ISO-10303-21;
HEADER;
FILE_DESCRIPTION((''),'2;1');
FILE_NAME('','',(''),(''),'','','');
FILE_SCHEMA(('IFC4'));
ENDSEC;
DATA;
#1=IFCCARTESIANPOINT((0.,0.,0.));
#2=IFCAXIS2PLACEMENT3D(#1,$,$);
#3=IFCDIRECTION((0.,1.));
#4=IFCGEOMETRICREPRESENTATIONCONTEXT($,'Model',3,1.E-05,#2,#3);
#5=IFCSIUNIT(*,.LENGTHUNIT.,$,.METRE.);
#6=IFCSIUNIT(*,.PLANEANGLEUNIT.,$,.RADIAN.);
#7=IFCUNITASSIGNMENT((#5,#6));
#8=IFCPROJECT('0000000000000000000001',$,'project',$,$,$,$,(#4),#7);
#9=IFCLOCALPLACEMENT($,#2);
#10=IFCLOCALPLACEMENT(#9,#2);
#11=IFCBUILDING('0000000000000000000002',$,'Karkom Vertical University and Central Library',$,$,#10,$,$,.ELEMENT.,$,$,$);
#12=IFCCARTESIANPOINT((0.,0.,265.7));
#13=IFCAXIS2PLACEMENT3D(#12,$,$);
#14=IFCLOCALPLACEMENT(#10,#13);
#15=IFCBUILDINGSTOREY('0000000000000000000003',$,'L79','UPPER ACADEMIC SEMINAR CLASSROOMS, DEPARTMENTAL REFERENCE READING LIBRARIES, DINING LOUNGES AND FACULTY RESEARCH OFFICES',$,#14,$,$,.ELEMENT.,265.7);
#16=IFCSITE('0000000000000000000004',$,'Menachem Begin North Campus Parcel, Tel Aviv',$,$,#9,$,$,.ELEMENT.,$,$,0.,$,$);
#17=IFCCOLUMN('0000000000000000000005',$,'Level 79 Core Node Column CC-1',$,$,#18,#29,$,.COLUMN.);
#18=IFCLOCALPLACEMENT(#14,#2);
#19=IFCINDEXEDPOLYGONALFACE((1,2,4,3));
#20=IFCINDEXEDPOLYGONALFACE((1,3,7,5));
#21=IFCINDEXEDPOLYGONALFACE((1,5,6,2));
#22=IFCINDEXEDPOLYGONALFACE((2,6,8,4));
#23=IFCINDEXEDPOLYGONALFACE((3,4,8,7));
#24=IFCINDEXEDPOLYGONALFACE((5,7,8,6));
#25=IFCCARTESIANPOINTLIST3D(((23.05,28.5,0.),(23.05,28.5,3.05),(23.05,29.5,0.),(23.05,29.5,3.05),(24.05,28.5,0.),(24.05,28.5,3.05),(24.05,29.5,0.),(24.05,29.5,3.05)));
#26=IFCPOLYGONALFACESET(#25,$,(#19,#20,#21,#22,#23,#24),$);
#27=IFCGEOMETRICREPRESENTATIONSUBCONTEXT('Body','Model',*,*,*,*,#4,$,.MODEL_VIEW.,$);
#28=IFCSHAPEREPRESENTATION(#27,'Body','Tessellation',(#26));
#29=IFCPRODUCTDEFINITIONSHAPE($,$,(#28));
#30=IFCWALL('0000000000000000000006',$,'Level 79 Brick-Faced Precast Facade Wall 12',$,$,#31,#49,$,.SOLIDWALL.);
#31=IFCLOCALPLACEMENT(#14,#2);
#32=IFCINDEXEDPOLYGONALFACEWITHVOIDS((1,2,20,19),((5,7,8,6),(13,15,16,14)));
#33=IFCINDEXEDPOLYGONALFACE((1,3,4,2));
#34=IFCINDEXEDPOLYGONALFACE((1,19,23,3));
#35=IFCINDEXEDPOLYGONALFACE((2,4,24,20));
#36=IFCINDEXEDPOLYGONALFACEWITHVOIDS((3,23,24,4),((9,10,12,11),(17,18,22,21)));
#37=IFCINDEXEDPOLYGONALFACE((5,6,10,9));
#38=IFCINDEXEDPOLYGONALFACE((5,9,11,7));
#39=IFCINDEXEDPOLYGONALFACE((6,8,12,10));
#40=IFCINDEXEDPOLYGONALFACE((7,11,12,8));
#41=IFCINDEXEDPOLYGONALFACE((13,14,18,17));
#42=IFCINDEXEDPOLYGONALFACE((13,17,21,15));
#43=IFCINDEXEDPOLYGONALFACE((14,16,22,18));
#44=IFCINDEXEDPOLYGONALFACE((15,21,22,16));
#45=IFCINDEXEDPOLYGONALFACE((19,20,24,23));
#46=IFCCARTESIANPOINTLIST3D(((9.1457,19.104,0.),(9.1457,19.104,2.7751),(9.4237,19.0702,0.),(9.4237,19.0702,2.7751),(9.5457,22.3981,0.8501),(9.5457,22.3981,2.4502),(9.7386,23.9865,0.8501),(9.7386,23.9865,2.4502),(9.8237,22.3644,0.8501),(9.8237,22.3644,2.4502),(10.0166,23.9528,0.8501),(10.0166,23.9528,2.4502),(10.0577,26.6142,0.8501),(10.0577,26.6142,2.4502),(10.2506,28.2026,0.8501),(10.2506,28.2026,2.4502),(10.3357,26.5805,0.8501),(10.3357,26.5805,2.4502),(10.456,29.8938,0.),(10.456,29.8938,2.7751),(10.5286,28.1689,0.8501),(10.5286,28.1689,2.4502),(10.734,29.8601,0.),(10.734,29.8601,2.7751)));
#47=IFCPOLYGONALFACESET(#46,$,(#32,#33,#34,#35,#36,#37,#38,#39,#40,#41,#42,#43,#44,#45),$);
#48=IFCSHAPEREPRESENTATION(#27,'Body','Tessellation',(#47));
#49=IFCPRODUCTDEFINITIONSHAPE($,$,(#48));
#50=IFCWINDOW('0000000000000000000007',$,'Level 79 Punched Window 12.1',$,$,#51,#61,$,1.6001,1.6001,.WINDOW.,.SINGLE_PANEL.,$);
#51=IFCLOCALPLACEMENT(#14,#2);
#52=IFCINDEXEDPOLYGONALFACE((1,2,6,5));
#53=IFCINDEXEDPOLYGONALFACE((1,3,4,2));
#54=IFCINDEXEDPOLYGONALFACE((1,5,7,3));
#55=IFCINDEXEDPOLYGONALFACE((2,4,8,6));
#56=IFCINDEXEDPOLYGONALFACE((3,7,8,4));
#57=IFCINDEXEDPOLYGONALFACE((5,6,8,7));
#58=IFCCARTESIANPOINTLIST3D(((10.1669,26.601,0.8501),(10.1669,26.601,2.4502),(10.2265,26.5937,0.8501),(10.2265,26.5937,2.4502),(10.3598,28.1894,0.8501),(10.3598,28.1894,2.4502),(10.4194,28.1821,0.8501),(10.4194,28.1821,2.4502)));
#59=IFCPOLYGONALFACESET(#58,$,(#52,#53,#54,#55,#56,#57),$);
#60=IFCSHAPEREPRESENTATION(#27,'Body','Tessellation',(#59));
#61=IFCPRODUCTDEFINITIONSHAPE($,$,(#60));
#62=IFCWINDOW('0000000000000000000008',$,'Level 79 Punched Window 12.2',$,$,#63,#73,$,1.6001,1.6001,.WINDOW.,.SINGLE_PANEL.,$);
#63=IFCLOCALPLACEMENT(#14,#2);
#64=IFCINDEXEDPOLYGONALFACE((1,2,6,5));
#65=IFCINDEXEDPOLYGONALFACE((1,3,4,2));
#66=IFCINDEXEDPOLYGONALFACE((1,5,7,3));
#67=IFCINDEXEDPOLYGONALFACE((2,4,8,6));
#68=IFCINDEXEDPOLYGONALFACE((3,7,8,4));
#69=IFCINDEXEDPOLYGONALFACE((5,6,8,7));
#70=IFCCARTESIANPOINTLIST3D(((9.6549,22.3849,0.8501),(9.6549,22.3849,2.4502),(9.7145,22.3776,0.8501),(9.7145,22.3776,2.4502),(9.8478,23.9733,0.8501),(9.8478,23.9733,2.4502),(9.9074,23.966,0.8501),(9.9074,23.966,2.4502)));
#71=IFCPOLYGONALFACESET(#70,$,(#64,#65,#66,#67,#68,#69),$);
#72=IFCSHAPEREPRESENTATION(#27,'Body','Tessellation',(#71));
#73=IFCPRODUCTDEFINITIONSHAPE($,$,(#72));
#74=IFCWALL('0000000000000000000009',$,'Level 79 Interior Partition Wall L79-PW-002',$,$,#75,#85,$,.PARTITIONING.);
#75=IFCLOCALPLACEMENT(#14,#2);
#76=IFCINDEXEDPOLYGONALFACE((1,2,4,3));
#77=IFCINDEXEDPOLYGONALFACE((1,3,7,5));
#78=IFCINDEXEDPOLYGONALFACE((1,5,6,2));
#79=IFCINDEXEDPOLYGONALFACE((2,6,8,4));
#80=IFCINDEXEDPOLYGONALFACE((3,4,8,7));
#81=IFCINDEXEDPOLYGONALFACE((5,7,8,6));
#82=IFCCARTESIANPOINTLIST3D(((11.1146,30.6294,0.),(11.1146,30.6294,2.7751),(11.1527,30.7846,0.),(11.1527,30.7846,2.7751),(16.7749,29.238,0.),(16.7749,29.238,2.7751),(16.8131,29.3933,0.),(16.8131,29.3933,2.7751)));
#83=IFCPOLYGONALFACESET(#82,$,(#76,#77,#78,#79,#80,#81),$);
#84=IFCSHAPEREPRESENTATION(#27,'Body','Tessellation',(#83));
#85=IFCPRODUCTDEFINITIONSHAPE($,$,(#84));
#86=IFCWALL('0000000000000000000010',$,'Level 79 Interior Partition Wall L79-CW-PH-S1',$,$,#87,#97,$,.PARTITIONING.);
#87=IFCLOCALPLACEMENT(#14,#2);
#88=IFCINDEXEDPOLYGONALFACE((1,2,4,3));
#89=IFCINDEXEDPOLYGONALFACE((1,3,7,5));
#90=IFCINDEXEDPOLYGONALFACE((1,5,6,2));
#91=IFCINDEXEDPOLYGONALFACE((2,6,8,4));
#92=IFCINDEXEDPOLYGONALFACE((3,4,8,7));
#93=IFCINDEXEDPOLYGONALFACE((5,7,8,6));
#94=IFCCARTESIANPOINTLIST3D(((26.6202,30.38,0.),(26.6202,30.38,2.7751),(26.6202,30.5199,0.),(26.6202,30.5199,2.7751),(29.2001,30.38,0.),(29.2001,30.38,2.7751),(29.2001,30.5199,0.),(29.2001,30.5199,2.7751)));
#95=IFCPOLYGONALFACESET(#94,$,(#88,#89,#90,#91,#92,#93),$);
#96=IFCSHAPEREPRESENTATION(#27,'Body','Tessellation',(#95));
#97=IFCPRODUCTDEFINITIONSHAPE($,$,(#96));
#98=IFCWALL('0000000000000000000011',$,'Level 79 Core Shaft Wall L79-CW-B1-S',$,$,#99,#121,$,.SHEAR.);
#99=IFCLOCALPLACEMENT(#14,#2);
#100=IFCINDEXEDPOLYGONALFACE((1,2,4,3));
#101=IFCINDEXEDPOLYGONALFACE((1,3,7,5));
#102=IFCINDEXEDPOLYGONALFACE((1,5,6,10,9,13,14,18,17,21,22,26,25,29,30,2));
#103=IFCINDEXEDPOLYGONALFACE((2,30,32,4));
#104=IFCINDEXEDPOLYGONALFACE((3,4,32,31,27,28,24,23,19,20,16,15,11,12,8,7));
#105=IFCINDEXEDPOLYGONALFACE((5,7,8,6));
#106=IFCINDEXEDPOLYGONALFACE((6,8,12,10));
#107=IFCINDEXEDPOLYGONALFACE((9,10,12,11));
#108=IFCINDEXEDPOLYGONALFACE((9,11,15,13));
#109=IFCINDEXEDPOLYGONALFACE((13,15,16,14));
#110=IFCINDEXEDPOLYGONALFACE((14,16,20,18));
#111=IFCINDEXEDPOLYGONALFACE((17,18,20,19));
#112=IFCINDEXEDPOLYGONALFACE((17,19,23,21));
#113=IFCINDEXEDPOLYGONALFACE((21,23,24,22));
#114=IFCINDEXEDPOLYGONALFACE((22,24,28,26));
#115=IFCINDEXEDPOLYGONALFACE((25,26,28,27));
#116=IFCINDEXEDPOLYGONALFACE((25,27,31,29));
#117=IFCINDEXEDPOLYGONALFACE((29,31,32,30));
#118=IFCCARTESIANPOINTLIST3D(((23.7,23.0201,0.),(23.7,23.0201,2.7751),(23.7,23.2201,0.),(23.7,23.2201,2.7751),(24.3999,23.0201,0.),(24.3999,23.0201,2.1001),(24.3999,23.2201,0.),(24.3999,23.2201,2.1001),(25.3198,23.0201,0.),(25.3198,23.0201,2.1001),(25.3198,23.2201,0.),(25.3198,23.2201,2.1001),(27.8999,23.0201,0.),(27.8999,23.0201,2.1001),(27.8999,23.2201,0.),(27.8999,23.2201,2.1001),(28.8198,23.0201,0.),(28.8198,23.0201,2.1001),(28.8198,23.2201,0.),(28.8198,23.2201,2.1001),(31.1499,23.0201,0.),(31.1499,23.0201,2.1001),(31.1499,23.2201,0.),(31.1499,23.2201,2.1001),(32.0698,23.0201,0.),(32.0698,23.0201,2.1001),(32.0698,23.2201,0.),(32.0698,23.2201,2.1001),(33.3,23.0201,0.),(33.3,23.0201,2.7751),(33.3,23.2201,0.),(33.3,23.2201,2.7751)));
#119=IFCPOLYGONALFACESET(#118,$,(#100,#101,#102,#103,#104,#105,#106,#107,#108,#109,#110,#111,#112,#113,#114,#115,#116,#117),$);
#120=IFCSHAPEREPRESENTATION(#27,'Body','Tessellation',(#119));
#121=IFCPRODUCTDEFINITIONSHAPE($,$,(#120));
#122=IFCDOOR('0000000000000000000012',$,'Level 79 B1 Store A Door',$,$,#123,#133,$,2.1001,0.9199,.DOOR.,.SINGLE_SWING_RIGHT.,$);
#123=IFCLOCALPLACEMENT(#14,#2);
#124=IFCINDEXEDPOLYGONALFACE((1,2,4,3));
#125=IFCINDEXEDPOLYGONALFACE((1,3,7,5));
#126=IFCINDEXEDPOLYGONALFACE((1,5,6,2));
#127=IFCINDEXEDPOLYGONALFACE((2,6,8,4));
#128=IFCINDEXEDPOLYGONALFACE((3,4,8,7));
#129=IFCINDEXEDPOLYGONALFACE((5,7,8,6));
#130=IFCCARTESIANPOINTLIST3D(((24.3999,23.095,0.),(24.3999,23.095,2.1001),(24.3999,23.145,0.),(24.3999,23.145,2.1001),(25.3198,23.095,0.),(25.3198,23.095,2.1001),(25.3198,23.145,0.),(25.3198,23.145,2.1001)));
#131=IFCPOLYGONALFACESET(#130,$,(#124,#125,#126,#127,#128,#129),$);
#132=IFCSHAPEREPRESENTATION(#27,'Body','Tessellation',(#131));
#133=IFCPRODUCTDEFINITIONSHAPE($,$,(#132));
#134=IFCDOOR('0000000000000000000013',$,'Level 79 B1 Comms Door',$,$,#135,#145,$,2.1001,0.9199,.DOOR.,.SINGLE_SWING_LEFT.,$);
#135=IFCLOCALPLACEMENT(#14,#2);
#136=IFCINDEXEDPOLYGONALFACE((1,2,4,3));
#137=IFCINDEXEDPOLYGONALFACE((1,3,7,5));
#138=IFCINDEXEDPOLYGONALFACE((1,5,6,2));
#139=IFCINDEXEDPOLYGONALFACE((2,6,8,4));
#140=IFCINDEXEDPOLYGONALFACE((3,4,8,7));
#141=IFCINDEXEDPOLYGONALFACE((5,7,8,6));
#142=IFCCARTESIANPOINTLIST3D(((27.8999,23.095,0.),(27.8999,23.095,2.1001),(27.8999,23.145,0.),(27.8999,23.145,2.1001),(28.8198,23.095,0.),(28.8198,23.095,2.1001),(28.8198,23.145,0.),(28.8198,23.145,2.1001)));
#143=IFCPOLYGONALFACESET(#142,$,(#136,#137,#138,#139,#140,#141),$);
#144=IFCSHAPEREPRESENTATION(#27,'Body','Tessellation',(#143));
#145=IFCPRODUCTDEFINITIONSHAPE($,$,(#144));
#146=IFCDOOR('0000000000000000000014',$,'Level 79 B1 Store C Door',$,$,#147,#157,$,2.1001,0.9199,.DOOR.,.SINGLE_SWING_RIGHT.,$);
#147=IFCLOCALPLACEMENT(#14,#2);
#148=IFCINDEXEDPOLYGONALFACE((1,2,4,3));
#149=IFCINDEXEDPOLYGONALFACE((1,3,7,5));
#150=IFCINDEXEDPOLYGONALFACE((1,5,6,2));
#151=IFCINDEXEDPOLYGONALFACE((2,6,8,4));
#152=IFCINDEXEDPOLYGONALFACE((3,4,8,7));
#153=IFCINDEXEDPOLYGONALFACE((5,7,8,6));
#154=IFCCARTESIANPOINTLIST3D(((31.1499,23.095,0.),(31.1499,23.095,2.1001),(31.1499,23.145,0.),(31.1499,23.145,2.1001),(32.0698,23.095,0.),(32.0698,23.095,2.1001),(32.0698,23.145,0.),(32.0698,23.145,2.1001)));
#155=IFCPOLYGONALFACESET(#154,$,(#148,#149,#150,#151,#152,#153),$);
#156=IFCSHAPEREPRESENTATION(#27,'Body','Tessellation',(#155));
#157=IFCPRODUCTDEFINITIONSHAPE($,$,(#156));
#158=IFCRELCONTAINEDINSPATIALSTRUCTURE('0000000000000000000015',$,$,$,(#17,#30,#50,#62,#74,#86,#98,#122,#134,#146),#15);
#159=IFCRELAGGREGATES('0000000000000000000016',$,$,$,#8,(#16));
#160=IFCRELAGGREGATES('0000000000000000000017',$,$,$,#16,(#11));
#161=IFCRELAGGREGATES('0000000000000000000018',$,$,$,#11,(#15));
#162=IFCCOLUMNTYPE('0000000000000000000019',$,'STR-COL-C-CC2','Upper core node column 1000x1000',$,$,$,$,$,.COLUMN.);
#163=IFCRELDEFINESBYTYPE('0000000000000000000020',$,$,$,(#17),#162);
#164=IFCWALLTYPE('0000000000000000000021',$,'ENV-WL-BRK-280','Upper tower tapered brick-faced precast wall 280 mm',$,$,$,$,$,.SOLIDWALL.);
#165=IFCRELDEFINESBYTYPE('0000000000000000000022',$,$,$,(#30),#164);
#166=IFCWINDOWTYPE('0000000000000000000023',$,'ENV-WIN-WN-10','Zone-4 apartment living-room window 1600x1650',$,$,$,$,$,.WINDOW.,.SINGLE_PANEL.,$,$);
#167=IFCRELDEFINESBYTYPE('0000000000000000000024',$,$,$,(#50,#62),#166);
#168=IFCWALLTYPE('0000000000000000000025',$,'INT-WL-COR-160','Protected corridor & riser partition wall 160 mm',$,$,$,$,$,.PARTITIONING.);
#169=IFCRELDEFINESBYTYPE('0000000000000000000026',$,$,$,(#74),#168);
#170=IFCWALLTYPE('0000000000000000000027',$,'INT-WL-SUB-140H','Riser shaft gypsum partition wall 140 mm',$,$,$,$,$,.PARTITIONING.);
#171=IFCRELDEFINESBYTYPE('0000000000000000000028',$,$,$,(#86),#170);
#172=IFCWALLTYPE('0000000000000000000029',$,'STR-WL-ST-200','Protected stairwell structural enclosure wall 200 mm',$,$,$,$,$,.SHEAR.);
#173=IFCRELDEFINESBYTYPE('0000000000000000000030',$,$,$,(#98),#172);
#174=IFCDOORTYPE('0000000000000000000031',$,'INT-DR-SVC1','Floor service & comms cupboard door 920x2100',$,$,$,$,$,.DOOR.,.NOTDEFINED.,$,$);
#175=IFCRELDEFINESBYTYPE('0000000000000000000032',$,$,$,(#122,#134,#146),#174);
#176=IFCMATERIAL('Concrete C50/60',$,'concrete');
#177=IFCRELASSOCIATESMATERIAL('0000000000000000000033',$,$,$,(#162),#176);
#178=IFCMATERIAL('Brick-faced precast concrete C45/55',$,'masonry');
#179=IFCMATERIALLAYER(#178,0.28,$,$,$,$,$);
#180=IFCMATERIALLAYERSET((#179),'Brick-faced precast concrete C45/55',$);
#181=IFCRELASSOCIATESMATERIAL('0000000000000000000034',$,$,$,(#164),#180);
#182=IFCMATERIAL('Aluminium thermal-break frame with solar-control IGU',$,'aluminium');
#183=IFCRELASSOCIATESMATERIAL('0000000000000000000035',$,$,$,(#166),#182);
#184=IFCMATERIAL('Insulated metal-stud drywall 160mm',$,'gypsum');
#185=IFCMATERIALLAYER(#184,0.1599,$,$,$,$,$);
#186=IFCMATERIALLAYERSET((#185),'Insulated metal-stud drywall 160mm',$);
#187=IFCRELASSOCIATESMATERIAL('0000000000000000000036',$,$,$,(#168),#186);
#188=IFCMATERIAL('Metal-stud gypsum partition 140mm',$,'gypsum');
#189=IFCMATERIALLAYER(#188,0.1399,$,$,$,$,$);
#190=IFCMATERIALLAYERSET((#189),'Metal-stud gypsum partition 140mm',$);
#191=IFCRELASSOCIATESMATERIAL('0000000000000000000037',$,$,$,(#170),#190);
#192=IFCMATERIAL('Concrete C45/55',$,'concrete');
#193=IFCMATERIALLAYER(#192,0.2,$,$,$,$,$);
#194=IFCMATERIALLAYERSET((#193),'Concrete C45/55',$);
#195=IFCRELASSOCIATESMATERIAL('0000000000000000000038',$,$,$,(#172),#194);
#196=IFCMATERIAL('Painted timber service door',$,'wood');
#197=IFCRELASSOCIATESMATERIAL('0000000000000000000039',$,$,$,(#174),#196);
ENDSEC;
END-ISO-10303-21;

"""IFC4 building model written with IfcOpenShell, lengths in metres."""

from ifc_helpers import new_model, si_unit, direction, frame, frame_2d, origin, origin_with_axes, origin_2d, place, context, subcontext, project, spatial, rectangle, extrude, source, transform, mapped, material, layer, layer_set, material_profile, profile_set, type_object, element, fill, save


model = new_model("IFC4")

# Units and contexts
model_context = context("Model", 3, precision=1e-05, world=origin(), true_north=direction((0.0, 1.0)))
body_context = subcontext(model_context, "Body", "Model", "MODEL_VIEW")
ifc_project = project(units=[si_unit("LENGTHUNIT", "METRE"), si_unit("PLANEANGLEUNIT", "RADIAN")], contexts=[model_context])

# Site, building, storey
site_placement = place(None, origin())
site = spatial("IfcSite", under=ifc_project, at=site_placement, Name="Menachem Begin North Campus Parcel, Tel Aviv", CompositionType="ELEMENT", RefElevation=0.0)
building_placement = place(site_placement, origin())
building = spatial("IfcBuilding", under=site, at=building_placement, Name="Karkom Vertical University and Central Library", CompositionType="ELEMENT")
storey_placement = place(building_placement, frame((0.0, 0.0, 265.7)))
storey = spatial("IfcBuildingStorey", under=building, at=storey_placement, Name="L79", Description="UPPER ACADEMIC SEMINAR CLASSROOMS, DEPARTMENTAL REFERENCE READING LIBRARIES, DINING LOUNGES AND FACULTY RESEARCH OFFICES", CompositionType="ELEMENT", Elevation=265.7)

# Column
ifc_material_1 = material(Name="Concrete C50/60", Category="concrete")
ifc_material_profile = material_profile(ifc_material_1, rectangle(XDim=1.0, YDim=1.0, at=origin_2d()), Name="RC-1000x1000")
ifc_profile_set = profile_set([ifc_material_profile], Name="Concrete C50/60")
column_type = type_object("IfcColumnType", Name="STR-COL-C-CC2", Description="Upper core node column 1000x1000", PredefinedType="COLUMN", material=ifc_profile_set)
shared_shape_1 = source(origin_with_axes(), body_context, "Body", "SweptSolid", [
    extrude(rectangle(XDim=1.0, YDim=1.0, at=origin_2d()), origin(), (0.0, 0.0, 1.0), 3.05),
])
column_placement = place(storey_placement, frame((23.55, 29.0, 0.0), z_axis=(0.0, 0.0, 1.0), x_axis=(1.0, 0.0, 0.0)))
element("IfcColumn", 1, at=column_placement, inside=storey, type_object=column_type, Name="Level 79 Core Node Column CC-1", PredefinedType="COLUMN", context=body_context, shape_type="MappedRepresentation", body=[
    mapped(shared_shape_1, transform((0.0, 0.0, 0.0), scale=1.0)),
])

# Wall, openings, windows
ifc_material_2 = material(Name="Brick-faced precast concrete C45/55", Category="masonry")
ifc_layer_1 = layer(ifc_material_2, 0.28)
ifc_layer_set_1 = layer_set([ifc_layer_1], Name="Brick-faced precast concrete C45/55")
wall_type_1 = type_object("IfcWallType", Name="ENV-WL-BRK-280", Description="Upper tower tapered brick-faced precast wall 280 mm", PredefinedType="SOLIDWALL", material=ifc_layer_set_1)
wall_1_placement = place(storey_placement, frame((10.595, 29.877, 0.0), z_axis=(0.0, 0.0, 1.0), x_axis=(-0.120553, -0.992707, 0.0)))
wall_1 = element("IfcWall", 2, at=wall_1_placement, inside=storey, type_object=wall_type_1, Name="Level 79 Brick-Faced Precast Facade Wall 12", PredefinedType="SOLIDWALL", context=body_context, shape_type="SweptSolid", body=[
    extrude(rectangle(XDim=10.8691, YDim=0.28, at=frame_2d((5.4346, 0.0))), origin(), (0.0, 0.0, 1.0), 2.7751),
])
opening_1_placement = place(wall_1_placement, frame((1.7036, 0.0, 0.8501)))
opening_1 = element("IfcOpeningElement", 3, at=opening_1_placement, cuts=wall_1, PredefinedType="OPENING", context=body_context, shape_type="SweptSolid", body=[
    extrude(rectangle(XDim=1.6001, YDim=1.6001, at=frame_2d((0.8, 0.8))), frame((0.0, 0.1499, 0.0), z_axis=(0.0, -1.0, 0.0), x_axis=(1.0, 0.0, 0.0)), (0.0, 0.0, 1.0), 0.3),
])
opening_2_placement = place(wall_1_placement, frame((5.9507, 0.0, 0.8501)))
opening_2 = element("IfcOpeningElement", 4, at=opening_2_placement, cuts=wall_1, PredefinedType="OPENING", context=body_context, shape_type="SweptSolid", body=[
    extrude(rectangle(XDim=1.6001, YDim=1.6001, at=frame_2d((0.8, 0.8))), frame((0.0, 0.1499, 0.0), z_axis=(0.0, -1.0, 0.0), x_axis=(1.0, 0.0, 0.0)), (0.0, 0.0, 1.0), 0.3),
])
ifc_material_3 = material(Name="Aluminium thermal-break frame with solar-control IGU", Category="aluminium")
window_type = type_object("IfcWindowType", Name="ENV-WIN-WN-10", Description="Zone-4 apartment living-room window 1600x1650", PartitioningType="SINGLE_PANEL", PredefinedType="WINDOW", material=ifc_material_3)
shared_shape_2 = source(origin_with_axes(), body_context, "Body", "SweptSolid", [
    extrude(rectangle(XDim=1.6001, YDim=1.6001, at=frame_2d((0.8, 0.8))), frame((0.0, 0.03, 0.0), z_axis=(0.0, -1.0, 0.0), x_axis=(1.0, 0.0, 0.0)), (0.0, 0.0, 1.0), 0.0601),
])
window_1_placement = place(opening_1_placement, origin())
window_1 = element("IfcWindow", 5, at=window_1_placement, inside=storey, type_object=window_type, Name="Level 79 Punched Window 12.1", OverallHeight=1.6001, OverallWidth=1.6001, PartitioningType="SINGLE_PANEL", PredefinedType="WINDOW", context=body_context, shape_type="MappedRepresentation", body=[
    mapped(shared_shape_2, transform((0.0, 0.0, 0.0), scale=1.0)),
])
fill(opening_1, window_1)
window_2_placement = place(opening_2_placement, origin())
window_2 = element("IfcWindow", 6, at=window_2_placement, inside=storey, type_object=window_type, Name="Level 79 Punched Window 12.2", OverallHeight=1.6001, OverallWidth=1.6001, PartitioningType="SINGLE_PANEL", PredefinedType="WINDOW", context=body_context, shape_type="MappedRepresentation", body=[
    mapped(shared_shape_2, transform((0.0, 0.0, 0.0), scale=1.0)),
])
fill(opening_2, window_2)

# Walls
ifc_material_4 = material(Name="Insulated metal-stud drywall 160mm", Category="gypsum")
ifc_layer_2 = layer(ifc_material_4, 0.1599)
ifc_layer_set_2 = layer_set([ifc_layer_2], Name="Insulated metal-stud drywall 160mm")
wall_type_2 = type_object("IfcWallType", Name="INT-WL-COR-160", Description="Protected corridor & riser partition wall 160 mm", PredefinedType="PARTITIONING", material=ifc_layer_set_2)
wall_2_placement = place(storey_placement, frame((11.1335, 30.707, 0.0), z_axis=(0.0, 0.0, 1.0), x_axis=(0.971093, -0.2387, 0.0)))
element("IfcWall", 7, at=wall_2_placement, inside=storey, type_object=wall_type_2, Name="Level 79 Interior Partition Wall L79-PW-002", PredefinedType="PARTITIONING", context=body_context, shape_type="SweptSolid", body=[
    extrude(rectangle(XDim=5.8289, YDim=0.1599, at=frame_2d((2.9146, 0.0))), origin(), (0.0, 0.0, 1.0), 2.7751),
])
ifc_material_5 = material(Name="Metal-stud gypsum partition 140mm", Category="gypsum")
ifc_layer_3 = layer(ifc_material_5, 0.1399)
ifc_layer_set_3 = layer_set([ifc_layer_3], Name="Metal-stud gypsum partition 140mm")
wall_type_3 = type_object("IfcWallType", Name="INT-WL-SUB-140H", Description="Riser shaft gypsum partition wall 140 mm", PredefinedType="PARTITIONING", material=ifc_layer_set_3)
wall_3_placement = place(storey_placement, frame((26.6201, 30.45, 0.0), z_axis=(0.0, 0.0, 1.0), x_axis=(1.0, 0.0, 0.0)))
element("IfcWall", 8, at=wall_3_placement, inside=storey, type_object=wall_type_3, Name="Level 79 Interior Partition Wall L79-CW-PH-S1", PredefinedType="PARTITIONING", context=body_context, shape_type="SweptSolid", body=[
    extrude(rectangle(XDim=2.5798, YDim=0.1399, at=frame_2d((1.29, 0.0))), origin(), (0.0, 0.0, 1.0), 2.7751),
])

# Wall, openings, doors
ifc_material_6 = material(Name="Concrete C45/55", Category="concrete")
ifc_layer_4 = layer(ifc_material_6, 0.2)
ifc_layer_set_4 = layer_set([ifc_layer_4], Name="Concrete C45/55")
wall_type_4 = type_object("IfcWallType", Name="STR-WL-ST-200", Description="Protected stairwell structural enclosure wall 200 mm", PredefinedType="SHEAR", material=ifc_layer_set_4)
wall_4_placement = place(storey_placement, frame((23.7, 23.1201, 0.0), z_axis=(0.0, 0.0, 1.0), x_axis=(1.0, 0.0, 0.0)))
wall_4 = element("IfcWall", 9, at=wall_4_placement, inside=storey, type_object=wall_type_4, Name="Level 79 Core Shaft Wall L79-CW-B1-S", PredefinedType="SHEAR", context=body_context, shape_type="SweptSolid", body=[
    extrude(rectangle(XDim=9.6001, YDim=0.2, at=frame_2d((4.8, 0.0))), origin(), (0.0, 0.0, 1.0), 2.7751),
])
opening_3_placement = place(wall_4_placement, frame((0.7, 0.0, 0.0)))
opening_3 = element("IfcOpeningElement", 10, at=opening_3_placement, cuts=wall_4, PredefinedType="OPENING", context=body_context, shape_type="SweptSolid", body=[
    extrude(rectangle(XDim=0.9199, YDim=2.1001, at=frame_2d((0.46, 1.05))), frame((0.0, 0.1099, 0.0), z_axis=(0.0, -1.0, 0.0), x_axis=(1.0, 0.0, 0.0)), (0.0, 0.0, 1.0), 0.22),
])
opening_4_placement = place(wall_4_placement, frame((4.2, 0.0, 0.0)))
opening_4 = element("IfcOpeningElement", 11, at=opening_4_placement, cuts=wall_4, PredefinedType="OPENING", context=body_context, shape_type="SweptSolid", body=[
    extrude(rectangle(XDim=0.9199, YDim=2.1001, at=frame_2d((0.46, 1.05))), frame((0.0, 0.1099, 0.0), z_axis=(0.0, -1.0, 0.0), x_axis=(1.0, 0.0, 0.0)), (0.0, 0.0, 1.0), 0.22),
])
opening_5_placement = place(wall_4_placement, frame((7.45, 0.0, 0.0)))
opening_5 = element("IfcOpeningElement", 12, at=opening_5_placement, cuts=wall_4, PredefinedType="OPENING", context=body_context, shape_type="SweptSolid", body=[
    extrude(rectangle(XDim=0.9199, YDim=2.1001, at=frame_2d((0.46, 1.05))), frame((0.0, 0.1099, 0.0), z_axis=(0.0, -1.0, 0.0), x_axis=(1.0, 0.0, 0.0)), (0.0, 0.0, 1.0), 0.22),
])
ifc_material_7 = material(Name="Painted timber service door", Category="wood")
door_type = type_object("IfcDoorType", Name="INT-DR-SVC1", Description="Floor service & comms cupboard door 920x2100", OperationType="NOTDEFINED", PredefinedType="DOOR", material=ifc_material_7)
shared_shape_3 = source(origin_with_axes(), body_context, "Body", "SweptSolid", [
    extrude(rectangle(XDim=0.9199, YDim=2.1001, at=frame_2d((0.46, 1.05))), frame((0.0, 0.0249, 0.0), z_axis=(0.0, -1.0, 0.0), x_axis=(1.0, 0.0, 0.0)), (0.0, 0.0, 1.0), 0.05),
])
door_1_placement = place(opening_3_placement, origin())
door_1 = element("IfcDoor", 13, at=door_1_placement, inside=storey, type_object=door_type, Name="Level 79 B1 Store A Door", OperationType="SINGLE_SWING_RIGHT", OverallHeight=2.1001, OverallWidth=0.9199, PredefinedType="DOOR", context=body_context, shape_type="MappedRepresentation", body=[
    mapped(shared_shape_3, transform((0.0, 0.0, 0.0), scale=1.0)),
])
fill(opening_3, door_1)
door_2_placement = place(opening_4_placement, origin())
door_2 = element("IfcDoor", 14, at=door_2_placement, inside=storey, type_object=door_type, Name="Level 79 B1 Comms Door", OperationType="SINGLE_SWING_LEFT", OverallHeight=2.1001, OverallWidth=0.9199, PredefinedType="DOOR", context=body_context, shape_type="MappedRepresentation", body=[
    mapped(shared_shape_3, transform((0.0, 0.0, 0.0), scale=1.0)),
])
fill(opening_4, door_2)
door_3_placement = place(opening_5_placement, origin())
door_3 = element("IfcDoor", 15, at=door_3_placement, inside=storey, type_object=door_type, Name="Level 79 B1 Store C Door", OperationType="SINGLE_SWING_RIGHT", OverallHeight=2.1001, OverallWidth=0.9199, PredefinedType="DOOR", context=body_context, shape_type="MappedRepresentation", body=[
    mapped(shared_shape_3, transform((0.0, 0.0, 0.0), scale=1.0)),
])
fill(opening_5, door_3)

save(model, "model.ifc")
